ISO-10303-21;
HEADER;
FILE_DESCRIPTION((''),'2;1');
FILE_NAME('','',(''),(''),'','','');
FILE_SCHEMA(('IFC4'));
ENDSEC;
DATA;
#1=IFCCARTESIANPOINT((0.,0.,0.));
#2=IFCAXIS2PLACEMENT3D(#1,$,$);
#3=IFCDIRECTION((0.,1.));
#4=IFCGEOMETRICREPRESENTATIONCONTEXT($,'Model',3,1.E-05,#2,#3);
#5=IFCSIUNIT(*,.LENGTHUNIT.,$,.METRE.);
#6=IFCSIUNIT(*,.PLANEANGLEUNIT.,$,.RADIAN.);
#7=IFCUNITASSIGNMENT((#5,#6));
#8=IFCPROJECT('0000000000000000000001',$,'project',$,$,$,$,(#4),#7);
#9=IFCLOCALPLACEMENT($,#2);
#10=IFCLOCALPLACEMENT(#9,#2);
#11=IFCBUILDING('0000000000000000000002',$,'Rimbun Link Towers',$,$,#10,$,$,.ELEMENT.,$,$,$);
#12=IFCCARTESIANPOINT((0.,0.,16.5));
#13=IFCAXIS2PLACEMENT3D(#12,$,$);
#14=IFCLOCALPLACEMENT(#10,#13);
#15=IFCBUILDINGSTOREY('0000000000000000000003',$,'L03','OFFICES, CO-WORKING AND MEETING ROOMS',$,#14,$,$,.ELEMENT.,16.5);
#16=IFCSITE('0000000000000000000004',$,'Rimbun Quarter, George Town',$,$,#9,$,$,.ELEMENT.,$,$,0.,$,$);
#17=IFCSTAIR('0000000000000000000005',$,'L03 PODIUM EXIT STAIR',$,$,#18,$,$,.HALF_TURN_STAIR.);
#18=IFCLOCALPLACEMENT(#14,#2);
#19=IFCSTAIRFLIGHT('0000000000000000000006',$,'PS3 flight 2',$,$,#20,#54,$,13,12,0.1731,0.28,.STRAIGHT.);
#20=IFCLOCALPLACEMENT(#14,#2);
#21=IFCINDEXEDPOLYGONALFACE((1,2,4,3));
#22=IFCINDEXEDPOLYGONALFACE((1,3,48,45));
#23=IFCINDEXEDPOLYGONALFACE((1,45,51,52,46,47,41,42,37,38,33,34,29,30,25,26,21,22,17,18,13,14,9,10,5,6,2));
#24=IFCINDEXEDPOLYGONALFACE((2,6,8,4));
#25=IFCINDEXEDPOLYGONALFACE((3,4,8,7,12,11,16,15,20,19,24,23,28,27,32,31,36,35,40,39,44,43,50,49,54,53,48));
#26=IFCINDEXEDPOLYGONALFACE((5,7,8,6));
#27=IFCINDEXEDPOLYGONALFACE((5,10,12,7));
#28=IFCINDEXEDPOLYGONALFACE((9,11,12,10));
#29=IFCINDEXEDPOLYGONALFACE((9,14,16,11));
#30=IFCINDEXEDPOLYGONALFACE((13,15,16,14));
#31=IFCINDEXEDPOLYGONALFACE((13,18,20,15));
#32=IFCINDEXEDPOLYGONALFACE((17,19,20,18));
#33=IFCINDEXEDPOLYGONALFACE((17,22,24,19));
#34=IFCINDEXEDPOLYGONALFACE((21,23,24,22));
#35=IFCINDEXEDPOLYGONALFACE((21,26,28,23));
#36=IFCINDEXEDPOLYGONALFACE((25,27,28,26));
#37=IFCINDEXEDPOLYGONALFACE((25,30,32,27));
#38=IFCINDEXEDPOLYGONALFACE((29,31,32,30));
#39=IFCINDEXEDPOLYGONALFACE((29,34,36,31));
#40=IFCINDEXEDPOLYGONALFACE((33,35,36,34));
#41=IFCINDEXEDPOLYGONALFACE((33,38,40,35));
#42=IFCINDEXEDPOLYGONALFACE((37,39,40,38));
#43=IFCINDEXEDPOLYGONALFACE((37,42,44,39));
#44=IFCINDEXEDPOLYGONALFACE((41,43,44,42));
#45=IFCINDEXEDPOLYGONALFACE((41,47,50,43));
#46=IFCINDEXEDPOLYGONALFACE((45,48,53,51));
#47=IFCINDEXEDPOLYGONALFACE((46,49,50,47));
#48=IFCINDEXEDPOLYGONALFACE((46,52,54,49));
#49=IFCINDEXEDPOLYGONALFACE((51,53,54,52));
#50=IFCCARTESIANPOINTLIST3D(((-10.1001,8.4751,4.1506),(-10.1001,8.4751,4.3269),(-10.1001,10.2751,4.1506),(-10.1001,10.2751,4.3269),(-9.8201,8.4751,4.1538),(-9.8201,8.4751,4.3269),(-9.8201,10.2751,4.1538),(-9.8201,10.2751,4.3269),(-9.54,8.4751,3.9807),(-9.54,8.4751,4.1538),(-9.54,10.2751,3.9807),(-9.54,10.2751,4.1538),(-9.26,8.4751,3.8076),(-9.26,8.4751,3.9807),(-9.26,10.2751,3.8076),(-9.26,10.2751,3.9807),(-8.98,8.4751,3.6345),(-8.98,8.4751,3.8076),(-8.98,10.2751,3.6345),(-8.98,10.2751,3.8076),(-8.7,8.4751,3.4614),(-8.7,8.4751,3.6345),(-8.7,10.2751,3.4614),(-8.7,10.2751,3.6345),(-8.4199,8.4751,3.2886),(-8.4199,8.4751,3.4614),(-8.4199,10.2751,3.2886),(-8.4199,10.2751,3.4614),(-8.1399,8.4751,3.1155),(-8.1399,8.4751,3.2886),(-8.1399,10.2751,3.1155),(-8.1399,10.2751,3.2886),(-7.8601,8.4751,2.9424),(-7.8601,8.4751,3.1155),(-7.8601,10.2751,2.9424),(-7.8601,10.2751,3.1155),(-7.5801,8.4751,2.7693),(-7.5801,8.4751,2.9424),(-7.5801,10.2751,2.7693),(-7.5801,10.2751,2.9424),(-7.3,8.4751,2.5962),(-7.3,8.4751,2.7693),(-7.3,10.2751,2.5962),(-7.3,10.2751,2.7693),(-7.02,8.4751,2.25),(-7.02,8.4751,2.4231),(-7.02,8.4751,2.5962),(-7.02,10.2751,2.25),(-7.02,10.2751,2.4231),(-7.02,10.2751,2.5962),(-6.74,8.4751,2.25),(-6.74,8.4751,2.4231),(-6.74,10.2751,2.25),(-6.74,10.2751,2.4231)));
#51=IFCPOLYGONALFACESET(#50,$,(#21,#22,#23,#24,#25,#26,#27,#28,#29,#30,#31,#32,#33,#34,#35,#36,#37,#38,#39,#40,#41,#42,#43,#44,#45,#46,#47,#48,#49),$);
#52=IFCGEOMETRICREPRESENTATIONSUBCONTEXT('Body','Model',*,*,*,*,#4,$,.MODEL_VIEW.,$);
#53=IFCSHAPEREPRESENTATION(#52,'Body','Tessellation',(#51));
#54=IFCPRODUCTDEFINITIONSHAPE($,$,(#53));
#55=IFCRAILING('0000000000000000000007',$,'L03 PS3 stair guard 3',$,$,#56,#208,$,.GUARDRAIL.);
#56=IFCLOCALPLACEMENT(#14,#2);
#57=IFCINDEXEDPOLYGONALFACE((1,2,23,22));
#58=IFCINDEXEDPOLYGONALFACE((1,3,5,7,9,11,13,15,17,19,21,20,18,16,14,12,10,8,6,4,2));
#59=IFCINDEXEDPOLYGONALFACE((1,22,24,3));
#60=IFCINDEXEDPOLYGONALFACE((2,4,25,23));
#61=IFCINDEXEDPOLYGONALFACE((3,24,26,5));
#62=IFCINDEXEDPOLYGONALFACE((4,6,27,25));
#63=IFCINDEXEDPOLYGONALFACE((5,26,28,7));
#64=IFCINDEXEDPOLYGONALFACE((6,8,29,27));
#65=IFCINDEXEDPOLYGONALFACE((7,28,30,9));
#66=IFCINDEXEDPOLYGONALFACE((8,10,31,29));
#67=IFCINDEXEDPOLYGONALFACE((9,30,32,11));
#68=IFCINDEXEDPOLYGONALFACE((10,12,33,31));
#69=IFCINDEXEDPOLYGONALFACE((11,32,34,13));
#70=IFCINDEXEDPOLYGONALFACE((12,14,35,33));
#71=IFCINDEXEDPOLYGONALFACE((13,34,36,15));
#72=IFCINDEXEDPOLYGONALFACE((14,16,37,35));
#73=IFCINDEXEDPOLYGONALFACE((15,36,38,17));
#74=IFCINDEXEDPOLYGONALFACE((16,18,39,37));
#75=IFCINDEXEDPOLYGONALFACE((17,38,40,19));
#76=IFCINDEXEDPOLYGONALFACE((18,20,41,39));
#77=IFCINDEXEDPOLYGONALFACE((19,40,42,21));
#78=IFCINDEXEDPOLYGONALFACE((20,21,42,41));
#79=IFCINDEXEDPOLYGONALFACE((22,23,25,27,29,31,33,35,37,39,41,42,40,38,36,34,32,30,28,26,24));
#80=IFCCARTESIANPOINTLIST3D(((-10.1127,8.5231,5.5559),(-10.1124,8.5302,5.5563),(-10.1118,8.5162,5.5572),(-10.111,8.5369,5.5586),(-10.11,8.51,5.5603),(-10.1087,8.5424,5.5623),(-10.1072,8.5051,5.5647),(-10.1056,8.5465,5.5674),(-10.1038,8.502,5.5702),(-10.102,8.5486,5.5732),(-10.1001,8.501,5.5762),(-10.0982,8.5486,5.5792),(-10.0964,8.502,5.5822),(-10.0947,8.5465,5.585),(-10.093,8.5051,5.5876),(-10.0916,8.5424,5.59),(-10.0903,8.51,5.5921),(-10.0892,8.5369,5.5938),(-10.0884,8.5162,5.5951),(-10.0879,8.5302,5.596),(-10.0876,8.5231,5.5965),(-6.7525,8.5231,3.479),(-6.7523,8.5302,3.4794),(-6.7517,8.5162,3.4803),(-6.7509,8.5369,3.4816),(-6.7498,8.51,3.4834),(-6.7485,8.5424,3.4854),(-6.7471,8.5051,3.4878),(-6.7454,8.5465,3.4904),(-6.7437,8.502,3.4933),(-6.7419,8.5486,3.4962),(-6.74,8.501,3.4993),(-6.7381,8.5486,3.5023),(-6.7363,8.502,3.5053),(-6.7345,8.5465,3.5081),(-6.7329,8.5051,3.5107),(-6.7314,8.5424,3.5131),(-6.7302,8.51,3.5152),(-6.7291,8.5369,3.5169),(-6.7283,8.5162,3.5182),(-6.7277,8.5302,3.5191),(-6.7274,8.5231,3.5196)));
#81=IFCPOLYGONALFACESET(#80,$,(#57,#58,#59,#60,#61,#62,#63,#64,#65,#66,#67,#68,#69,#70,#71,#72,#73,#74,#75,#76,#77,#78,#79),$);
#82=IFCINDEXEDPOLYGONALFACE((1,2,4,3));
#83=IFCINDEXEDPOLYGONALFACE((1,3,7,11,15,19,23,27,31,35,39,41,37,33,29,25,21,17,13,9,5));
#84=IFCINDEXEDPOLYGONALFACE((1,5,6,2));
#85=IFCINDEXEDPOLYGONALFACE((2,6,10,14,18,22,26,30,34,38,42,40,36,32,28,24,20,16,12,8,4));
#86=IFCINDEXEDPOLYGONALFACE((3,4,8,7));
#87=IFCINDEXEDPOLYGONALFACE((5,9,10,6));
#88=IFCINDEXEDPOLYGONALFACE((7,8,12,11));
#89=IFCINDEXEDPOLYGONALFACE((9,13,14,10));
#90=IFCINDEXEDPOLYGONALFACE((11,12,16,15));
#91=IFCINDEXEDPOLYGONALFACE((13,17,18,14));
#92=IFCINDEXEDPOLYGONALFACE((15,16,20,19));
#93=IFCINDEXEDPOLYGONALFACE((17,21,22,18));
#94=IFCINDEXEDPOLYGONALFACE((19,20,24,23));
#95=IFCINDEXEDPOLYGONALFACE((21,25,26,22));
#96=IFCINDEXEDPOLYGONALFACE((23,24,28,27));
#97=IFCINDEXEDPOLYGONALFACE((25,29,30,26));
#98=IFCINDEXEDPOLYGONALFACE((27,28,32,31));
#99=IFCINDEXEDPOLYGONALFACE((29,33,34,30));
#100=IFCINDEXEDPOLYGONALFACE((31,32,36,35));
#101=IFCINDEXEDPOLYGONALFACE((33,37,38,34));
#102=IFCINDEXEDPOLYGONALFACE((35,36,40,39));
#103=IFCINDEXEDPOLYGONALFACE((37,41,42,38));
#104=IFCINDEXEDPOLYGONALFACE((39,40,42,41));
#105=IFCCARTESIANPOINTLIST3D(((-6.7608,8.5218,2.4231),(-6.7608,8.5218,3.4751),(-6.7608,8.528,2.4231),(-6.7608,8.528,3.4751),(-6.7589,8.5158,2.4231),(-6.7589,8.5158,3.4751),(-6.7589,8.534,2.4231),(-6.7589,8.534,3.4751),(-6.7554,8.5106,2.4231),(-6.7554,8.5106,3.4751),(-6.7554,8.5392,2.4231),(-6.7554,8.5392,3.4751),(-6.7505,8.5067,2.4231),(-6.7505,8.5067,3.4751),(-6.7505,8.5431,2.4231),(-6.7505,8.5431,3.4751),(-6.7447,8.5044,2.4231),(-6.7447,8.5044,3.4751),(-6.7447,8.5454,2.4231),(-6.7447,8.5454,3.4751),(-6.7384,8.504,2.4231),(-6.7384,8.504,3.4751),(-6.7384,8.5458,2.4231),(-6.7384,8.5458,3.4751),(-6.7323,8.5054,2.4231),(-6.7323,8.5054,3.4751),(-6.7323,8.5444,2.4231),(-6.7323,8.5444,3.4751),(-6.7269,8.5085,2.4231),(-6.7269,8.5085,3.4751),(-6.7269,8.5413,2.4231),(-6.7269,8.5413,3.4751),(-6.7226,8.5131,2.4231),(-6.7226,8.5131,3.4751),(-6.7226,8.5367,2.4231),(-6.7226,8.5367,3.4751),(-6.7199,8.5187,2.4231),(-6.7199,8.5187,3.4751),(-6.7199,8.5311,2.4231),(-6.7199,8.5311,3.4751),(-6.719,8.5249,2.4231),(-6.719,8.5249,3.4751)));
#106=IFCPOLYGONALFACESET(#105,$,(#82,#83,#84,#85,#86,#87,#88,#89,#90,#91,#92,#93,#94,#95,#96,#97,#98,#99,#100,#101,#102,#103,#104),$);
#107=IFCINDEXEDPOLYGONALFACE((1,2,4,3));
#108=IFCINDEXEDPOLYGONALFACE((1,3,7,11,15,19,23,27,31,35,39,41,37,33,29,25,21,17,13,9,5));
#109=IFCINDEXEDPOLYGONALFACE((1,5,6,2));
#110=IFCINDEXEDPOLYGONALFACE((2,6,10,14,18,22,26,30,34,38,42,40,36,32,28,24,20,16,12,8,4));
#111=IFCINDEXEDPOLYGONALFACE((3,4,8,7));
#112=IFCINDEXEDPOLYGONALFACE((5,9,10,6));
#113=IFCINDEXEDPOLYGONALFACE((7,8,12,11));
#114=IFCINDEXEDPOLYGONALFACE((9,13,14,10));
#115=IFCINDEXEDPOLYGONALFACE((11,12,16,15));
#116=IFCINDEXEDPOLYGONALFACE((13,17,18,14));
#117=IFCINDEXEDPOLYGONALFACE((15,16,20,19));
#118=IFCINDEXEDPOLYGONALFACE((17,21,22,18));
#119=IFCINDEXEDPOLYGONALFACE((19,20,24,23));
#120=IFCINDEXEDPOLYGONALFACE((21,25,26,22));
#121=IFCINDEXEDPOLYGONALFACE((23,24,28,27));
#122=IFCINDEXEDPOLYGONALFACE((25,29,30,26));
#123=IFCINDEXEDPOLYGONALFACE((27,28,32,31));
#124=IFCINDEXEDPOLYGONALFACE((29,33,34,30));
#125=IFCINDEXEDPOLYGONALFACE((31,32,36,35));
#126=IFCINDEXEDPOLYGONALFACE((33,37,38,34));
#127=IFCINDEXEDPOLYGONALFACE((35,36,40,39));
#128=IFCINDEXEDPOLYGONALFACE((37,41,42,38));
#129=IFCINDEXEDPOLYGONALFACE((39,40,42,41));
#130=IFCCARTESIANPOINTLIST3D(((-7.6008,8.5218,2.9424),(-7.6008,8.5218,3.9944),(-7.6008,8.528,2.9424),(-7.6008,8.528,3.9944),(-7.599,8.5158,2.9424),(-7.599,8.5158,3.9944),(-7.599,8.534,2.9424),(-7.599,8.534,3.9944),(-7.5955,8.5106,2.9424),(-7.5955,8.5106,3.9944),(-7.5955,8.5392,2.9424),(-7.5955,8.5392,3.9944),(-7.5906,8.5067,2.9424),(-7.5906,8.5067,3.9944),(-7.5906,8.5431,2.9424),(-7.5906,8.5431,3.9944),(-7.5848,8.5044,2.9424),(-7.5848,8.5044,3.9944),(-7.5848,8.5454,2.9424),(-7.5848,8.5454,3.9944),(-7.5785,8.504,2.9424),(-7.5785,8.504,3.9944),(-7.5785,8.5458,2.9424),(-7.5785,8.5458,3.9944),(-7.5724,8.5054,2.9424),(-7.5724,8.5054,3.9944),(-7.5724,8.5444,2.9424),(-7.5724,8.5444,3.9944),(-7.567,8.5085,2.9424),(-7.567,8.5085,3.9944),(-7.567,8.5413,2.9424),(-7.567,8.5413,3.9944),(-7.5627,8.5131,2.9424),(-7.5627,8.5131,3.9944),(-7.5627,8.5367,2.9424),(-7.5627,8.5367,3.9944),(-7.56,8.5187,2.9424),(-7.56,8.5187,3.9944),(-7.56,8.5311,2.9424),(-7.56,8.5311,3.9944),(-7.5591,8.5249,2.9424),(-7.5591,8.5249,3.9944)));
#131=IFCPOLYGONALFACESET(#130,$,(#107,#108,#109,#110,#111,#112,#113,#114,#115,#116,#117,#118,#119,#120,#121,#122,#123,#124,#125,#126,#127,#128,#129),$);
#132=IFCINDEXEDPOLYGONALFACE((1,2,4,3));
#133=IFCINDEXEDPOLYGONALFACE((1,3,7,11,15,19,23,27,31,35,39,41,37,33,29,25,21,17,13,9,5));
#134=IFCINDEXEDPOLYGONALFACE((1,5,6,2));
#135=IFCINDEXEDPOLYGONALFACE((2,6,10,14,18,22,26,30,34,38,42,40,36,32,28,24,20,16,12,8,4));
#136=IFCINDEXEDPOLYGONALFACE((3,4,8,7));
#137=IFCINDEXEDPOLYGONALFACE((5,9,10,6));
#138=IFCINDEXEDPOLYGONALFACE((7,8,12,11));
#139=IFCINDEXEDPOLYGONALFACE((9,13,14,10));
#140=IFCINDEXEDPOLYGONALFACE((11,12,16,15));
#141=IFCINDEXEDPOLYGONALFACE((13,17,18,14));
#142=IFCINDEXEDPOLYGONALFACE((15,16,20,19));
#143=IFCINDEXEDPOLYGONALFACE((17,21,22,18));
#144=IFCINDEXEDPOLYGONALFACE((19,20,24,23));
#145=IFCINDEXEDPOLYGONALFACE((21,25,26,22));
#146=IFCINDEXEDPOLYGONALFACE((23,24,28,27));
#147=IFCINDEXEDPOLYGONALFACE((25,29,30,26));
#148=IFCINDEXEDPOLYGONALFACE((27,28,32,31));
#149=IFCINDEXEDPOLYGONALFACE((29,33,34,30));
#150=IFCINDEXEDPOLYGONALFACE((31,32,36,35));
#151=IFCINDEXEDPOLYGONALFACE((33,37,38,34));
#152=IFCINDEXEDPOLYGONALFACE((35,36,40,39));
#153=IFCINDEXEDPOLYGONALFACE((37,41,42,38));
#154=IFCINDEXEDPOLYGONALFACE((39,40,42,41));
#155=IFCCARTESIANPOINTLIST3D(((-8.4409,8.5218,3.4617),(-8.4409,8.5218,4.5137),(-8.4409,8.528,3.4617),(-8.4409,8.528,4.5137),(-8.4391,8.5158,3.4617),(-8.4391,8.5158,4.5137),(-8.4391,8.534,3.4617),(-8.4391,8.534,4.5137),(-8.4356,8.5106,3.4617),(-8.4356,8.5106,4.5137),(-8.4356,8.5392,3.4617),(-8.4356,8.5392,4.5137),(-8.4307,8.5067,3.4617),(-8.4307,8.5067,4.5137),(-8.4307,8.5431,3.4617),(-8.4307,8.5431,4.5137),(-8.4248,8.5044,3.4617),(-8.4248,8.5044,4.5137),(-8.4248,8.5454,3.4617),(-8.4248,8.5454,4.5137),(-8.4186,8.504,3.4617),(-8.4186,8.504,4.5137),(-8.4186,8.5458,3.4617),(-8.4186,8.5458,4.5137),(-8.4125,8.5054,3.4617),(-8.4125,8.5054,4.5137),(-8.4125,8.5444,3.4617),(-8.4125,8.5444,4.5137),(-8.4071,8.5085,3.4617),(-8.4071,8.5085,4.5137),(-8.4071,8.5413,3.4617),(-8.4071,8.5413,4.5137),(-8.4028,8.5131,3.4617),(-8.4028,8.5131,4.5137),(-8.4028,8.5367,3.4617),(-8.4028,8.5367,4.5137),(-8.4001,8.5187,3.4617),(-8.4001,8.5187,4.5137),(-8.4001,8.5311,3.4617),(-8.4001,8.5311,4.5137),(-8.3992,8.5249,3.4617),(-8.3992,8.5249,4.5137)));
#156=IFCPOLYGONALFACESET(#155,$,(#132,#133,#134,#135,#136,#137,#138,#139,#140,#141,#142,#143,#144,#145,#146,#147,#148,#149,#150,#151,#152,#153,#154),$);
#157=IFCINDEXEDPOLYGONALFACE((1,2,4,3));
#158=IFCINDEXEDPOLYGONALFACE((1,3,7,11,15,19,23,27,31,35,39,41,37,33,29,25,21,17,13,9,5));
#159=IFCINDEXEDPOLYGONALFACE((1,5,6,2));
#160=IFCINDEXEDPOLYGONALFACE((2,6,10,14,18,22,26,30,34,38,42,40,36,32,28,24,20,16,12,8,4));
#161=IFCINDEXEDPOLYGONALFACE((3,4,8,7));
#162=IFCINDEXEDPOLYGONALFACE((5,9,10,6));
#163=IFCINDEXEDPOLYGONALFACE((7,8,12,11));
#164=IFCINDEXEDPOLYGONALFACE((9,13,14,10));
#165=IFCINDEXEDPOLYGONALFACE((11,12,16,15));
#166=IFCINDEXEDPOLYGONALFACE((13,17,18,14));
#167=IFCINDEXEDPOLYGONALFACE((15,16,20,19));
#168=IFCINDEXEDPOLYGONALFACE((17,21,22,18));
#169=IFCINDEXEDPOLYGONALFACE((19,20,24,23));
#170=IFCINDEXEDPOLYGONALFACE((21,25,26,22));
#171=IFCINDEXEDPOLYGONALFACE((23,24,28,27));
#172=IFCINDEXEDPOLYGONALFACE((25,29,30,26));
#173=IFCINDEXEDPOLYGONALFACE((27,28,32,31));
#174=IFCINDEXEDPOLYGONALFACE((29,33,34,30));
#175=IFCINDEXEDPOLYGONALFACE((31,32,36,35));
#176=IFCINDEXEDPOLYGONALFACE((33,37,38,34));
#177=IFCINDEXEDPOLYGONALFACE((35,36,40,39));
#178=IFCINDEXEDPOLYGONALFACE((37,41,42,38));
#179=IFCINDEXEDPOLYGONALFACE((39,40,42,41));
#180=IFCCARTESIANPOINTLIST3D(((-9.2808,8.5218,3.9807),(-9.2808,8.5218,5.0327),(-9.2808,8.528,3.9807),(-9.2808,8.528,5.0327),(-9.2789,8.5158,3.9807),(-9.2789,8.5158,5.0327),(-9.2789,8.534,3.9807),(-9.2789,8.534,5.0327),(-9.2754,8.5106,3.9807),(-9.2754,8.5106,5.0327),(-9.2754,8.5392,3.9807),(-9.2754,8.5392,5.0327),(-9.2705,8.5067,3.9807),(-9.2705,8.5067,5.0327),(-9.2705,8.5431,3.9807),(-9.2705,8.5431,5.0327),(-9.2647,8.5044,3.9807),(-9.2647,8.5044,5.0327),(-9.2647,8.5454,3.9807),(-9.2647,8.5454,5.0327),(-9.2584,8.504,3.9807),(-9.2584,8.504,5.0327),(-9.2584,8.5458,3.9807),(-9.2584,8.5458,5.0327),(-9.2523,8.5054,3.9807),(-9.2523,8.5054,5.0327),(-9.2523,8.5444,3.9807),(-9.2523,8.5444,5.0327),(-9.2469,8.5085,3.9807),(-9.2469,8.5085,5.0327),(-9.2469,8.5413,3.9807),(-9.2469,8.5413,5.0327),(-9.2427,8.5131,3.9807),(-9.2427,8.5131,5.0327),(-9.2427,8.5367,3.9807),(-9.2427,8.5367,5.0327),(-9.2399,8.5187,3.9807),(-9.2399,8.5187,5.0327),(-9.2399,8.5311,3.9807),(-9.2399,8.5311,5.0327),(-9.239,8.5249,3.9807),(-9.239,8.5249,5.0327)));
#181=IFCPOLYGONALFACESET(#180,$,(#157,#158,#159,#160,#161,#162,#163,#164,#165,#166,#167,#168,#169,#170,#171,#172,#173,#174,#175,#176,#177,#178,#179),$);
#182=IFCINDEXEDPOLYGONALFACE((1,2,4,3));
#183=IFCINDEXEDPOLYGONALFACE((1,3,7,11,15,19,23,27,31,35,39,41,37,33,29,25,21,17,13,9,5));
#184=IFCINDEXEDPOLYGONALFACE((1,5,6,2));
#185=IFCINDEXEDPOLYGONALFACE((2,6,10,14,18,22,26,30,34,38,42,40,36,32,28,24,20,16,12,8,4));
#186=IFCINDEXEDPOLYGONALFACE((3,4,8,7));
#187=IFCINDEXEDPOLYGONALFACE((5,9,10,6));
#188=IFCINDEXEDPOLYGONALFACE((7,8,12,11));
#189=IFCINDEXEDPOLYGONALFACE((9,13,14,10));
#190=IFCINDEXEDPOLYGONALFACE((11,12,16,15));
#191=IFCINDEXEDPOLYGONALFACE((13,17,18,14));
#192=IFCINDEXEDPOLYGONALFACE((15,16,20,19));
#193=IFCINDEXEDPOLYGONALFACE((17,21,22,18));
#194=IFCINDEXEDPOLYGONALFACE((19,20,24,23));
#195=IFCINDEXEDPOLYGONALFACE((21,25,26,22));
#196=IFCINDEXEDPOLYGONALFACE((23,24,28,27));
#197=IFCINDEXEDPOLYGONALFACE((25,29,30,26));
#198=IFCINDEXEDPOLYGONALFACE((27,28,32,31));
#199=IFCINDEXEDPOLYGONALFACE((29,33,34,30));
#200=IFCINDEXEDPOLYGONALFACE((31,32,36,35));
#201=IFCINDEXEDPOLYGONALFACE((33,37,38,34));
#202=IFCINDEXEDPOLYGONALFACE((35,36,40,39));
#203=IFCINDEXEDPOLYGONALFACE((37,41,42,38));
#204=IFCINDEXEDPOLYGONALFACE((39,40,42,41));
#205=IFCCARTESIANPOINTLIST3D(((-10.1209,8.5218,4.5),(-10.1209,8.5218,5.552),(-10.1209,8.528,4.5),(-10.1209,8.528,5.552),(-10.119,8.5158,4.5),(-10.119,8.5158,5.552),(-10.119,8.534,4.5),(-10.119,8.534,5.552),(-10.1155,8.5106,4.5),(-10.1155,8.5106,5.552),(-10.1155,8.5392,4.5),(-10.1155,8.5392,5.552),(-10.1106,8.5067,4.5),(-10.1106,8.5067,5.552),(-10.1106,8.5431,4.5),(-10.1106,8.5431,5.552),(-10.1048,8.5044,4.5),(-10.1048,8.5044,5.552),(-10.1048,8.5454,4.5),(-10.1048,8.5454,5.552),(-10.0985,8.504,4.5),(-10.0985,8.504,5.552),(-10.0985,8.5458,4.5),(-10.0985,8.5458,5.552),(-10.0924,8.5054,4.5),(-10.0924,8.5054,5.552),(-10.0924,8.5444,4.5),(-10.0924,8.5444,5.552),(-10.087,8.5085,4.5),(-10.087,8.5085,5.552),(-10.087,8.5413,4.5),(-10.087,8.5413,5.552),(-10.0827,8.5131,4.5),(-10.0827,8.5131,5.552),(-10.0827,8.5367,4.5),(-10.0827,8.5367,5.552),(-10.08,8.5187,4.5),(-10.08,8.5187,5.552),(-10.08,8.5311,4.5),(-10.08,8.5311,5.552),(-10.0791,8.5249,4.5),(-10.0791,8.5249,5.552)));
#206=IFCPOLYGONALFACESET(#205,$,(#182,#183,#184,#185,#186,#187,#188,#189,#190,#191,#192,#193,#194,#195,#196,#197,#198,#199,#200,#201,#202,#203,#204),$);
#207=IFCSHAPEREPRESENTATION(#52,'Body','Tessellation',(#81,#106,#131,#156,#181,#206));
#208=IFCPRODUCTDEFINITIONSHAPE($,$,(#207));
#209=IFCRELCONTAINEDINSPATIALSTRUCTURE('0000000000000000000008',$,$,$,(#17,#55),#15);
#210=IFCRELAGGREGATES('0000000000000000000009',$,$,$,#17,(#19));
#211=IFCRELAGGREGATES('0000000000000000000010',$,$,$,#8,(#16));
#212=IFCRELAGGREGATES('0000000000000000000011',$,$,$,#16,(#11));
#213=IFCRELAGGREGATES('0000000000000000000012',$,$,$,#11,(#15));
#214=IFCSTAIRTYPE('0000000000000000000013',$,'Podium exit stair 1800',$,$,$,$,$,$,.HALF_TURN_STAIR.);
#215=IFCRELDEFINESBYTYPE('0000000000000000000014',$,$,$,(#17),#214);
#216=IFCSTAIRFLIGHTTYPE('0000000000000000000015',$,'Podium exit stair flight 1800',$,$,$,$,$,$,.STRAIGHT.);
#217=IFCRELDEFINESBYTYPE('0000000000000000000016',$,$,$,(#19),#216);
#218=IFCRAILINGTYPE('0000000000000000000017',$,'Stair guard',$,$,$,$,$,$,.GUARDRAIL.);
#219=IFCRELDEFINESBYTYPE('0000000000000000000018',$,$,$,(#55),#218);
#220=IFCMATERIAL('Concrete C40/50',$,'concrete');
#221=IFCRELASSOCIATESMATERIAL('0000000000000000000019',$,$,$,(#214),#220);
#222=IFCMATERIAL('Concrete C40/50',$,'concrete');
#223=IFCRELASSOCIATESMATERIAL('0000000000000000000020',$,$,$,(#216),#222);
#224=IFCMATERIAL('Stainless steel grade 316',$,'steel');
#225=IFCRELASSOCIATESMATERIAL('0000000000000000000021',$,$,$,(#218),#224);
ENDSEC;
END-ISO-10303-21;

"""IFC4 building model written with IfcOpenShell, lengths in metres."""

from ifc_helpers import new_model, si_unit, direction, frame, origin, origin_2d, place, context, subcontext, project, spatial, polyline, circle, outline, extrude, material, type_object, element, aggregate, save


model = new_model("IFC4")

# Units and contexts
model_context = context("Model", 3, precision=1e-05, world=origin(), true_north=direction((0.0, 1.0)))
body_context = subcontext(model_context, "Body", "Model", "MODEL_VIEW")
ifc_project = project(units=[si_unit("LENGTHUNIT", "METRE"), si_unit("PLANEANGLEUNIT", "RADIAN")], contexts=[model_context])

# Site, building, storey
site_placement = place(None, origin())
site = spatial("IfcSite", under=ifc_project, at=site_placement, Name="Rimbun Quarter, George Town", CompositionType="ELEMENT", RefElevation=0.0)
building_placement = place(site_placement, origin())
building = spatial("IfcBuilding", under=site, at=building_placement, Name="Rimbun Link Towers", CompositionType="ELEMENT")
storey_placement = place(building_placement, frame((0.0, 0.0, 16.5)))
storey = spatial("IfcBuildingStorey", under=building, at=storey_placement, Name="L03", Description="OFFICES, CO-WORKING AND MEETING ROOMS", CompositionType="ELEMENT", Elevation=16.5)

# Stair, stair flight
ifc_material_1 = material(Name="Concrete C40/50", Category="concrete")
stair_type = type_object("IfcStairType", Name="Podium exit stair 1800", PredefinedType="HALF_TURN_STAIR", material=ifc_material_1)
stair_placement = place(storey_placement, origin())
stair = element("IfcStair", 1, at=stair_placement, inside=storey, type_object=stair_type, Name="L03 PODIUM EXIT STAIR", PredefinedType="HALF_TURN_STAIR")
ifc_material_2 = material(Name="Concrete C40/50", Category="concrete")
stair_flight_type = type_object("IfcStairFlightType", Name="Podium exit stair flight 1800", PredefinedType="STRAIGHT", material=ifc_material_2)
stair_flight_placement = place(storey_placement, frame((-6.74, 9.375, 2.25), z_axis=(0.0, 0.0, 1.0), x_axis=(-1.0, 0.0, 0.0)))
stair_flight = element("IfcStairFlight", 2, at=stair_flight_placement, type_object=stair_flight_type, Name="PS3 flight 2", NumberOfRisers=13, NumberOfTreads=12, PredefinedType="STRAIGHT", RiserHeight=0.1731, TreadLength=0.28, context=body_context, shape_type="SweptSolid", body=[
    extrude(outline(polyline([(0.0, 0.0), (0.0, 0.1731), (0.28, 0.1731), (0.28, 0.3462), (0.5601, 0.3462), (0.5601, 0.5193), (0.8401, 0.5193), (0.8401, 0.6924), (1.1201, 0.6924), (1.1201, 0.8655), (1.3999, 0.8655), (1.3999, 1.0386), (1.6799, 1.0386), (1.6799, 1.2114), (1.96, 1.2114), (1.96, 1.3845), (2.24, 1.3845), (2.24, 1.5576), (2.52, 1.5576), (2.52, 1.7307), (2.8, 1.7307), (2.8, 1.9038), (3.0801, 1.9038), (3.0801, 2.0769), (3.3601, 2.0769), (3.3601, 2.25), (3.3601, 1.9006), (0.28, 0.0), (0.0, 0.0)])), frame((0.0, 0.8999, 0.0), z_axis=(0.0, -1.0, 0.0), x_axis=(1.0, 0.0, 0.0)), (0.0, 0.0, 1.0), 1.8),
])
aggregate(stair, [stair_flight])

# Railing
ifc_material_3 = material(Name="Stainless steel grade 316", Category="steel")
railing_type_1 = type_object("IfcRailingType", Name="Stair guard", PredefinedType="GUARDRAIL", material=ifc_material_3)
railing_1_placement = place(storey_placement, frame((-6.74, 8.5249, 2.4231)))
element("IfcRailing", 3, at=railing_1_placement, inside=storey, type_object=railing_type_1, Name="L03 PS3 stair guard 3", PredefinedType="GUARDRAIL", context=body_context, shape_type="SweptSolid", body=[
    extrude(circle(Radius=0.0239, at=origin_2d()), frame((0.0, 0.0, 1.0762), z_axis=(-0.850623, 0.0, 0.525776), x_axis=(0.0, -1.0, 0.0)), (0.0, 0.0, 1.0), 3.9502),
    extrude(circle(Radius=0.021, at=origin_2d()), origin(), (0.0, 0.0, 1.0), 1.052),
    extrude(circle(Radius=0.021, at=origin_2d()), frame((-0.8401, 0.0, 0.5193)), (0.0, 0.0, 1.0), 1.052),
    extrude(circle(Radius=0.021, at=origin_2d()), frame((-1.6802, 0.0, 1.0386)), (0.0, 0.0, 1.0), 1.052),
    extrude(circle(Radius=0.021, at=origin_2d()), frame((-2.52, 0.0, 1.5576)), (0.0, 0.0, 1.0), 1.052),
    extrude(circle(Radius=0.021, at=origin_2d()), frame((-3.3601, 0.0, 2.0769)), (0.0, 0.0, 1.0), 1.052),
])

save(model, "model.ifc")
